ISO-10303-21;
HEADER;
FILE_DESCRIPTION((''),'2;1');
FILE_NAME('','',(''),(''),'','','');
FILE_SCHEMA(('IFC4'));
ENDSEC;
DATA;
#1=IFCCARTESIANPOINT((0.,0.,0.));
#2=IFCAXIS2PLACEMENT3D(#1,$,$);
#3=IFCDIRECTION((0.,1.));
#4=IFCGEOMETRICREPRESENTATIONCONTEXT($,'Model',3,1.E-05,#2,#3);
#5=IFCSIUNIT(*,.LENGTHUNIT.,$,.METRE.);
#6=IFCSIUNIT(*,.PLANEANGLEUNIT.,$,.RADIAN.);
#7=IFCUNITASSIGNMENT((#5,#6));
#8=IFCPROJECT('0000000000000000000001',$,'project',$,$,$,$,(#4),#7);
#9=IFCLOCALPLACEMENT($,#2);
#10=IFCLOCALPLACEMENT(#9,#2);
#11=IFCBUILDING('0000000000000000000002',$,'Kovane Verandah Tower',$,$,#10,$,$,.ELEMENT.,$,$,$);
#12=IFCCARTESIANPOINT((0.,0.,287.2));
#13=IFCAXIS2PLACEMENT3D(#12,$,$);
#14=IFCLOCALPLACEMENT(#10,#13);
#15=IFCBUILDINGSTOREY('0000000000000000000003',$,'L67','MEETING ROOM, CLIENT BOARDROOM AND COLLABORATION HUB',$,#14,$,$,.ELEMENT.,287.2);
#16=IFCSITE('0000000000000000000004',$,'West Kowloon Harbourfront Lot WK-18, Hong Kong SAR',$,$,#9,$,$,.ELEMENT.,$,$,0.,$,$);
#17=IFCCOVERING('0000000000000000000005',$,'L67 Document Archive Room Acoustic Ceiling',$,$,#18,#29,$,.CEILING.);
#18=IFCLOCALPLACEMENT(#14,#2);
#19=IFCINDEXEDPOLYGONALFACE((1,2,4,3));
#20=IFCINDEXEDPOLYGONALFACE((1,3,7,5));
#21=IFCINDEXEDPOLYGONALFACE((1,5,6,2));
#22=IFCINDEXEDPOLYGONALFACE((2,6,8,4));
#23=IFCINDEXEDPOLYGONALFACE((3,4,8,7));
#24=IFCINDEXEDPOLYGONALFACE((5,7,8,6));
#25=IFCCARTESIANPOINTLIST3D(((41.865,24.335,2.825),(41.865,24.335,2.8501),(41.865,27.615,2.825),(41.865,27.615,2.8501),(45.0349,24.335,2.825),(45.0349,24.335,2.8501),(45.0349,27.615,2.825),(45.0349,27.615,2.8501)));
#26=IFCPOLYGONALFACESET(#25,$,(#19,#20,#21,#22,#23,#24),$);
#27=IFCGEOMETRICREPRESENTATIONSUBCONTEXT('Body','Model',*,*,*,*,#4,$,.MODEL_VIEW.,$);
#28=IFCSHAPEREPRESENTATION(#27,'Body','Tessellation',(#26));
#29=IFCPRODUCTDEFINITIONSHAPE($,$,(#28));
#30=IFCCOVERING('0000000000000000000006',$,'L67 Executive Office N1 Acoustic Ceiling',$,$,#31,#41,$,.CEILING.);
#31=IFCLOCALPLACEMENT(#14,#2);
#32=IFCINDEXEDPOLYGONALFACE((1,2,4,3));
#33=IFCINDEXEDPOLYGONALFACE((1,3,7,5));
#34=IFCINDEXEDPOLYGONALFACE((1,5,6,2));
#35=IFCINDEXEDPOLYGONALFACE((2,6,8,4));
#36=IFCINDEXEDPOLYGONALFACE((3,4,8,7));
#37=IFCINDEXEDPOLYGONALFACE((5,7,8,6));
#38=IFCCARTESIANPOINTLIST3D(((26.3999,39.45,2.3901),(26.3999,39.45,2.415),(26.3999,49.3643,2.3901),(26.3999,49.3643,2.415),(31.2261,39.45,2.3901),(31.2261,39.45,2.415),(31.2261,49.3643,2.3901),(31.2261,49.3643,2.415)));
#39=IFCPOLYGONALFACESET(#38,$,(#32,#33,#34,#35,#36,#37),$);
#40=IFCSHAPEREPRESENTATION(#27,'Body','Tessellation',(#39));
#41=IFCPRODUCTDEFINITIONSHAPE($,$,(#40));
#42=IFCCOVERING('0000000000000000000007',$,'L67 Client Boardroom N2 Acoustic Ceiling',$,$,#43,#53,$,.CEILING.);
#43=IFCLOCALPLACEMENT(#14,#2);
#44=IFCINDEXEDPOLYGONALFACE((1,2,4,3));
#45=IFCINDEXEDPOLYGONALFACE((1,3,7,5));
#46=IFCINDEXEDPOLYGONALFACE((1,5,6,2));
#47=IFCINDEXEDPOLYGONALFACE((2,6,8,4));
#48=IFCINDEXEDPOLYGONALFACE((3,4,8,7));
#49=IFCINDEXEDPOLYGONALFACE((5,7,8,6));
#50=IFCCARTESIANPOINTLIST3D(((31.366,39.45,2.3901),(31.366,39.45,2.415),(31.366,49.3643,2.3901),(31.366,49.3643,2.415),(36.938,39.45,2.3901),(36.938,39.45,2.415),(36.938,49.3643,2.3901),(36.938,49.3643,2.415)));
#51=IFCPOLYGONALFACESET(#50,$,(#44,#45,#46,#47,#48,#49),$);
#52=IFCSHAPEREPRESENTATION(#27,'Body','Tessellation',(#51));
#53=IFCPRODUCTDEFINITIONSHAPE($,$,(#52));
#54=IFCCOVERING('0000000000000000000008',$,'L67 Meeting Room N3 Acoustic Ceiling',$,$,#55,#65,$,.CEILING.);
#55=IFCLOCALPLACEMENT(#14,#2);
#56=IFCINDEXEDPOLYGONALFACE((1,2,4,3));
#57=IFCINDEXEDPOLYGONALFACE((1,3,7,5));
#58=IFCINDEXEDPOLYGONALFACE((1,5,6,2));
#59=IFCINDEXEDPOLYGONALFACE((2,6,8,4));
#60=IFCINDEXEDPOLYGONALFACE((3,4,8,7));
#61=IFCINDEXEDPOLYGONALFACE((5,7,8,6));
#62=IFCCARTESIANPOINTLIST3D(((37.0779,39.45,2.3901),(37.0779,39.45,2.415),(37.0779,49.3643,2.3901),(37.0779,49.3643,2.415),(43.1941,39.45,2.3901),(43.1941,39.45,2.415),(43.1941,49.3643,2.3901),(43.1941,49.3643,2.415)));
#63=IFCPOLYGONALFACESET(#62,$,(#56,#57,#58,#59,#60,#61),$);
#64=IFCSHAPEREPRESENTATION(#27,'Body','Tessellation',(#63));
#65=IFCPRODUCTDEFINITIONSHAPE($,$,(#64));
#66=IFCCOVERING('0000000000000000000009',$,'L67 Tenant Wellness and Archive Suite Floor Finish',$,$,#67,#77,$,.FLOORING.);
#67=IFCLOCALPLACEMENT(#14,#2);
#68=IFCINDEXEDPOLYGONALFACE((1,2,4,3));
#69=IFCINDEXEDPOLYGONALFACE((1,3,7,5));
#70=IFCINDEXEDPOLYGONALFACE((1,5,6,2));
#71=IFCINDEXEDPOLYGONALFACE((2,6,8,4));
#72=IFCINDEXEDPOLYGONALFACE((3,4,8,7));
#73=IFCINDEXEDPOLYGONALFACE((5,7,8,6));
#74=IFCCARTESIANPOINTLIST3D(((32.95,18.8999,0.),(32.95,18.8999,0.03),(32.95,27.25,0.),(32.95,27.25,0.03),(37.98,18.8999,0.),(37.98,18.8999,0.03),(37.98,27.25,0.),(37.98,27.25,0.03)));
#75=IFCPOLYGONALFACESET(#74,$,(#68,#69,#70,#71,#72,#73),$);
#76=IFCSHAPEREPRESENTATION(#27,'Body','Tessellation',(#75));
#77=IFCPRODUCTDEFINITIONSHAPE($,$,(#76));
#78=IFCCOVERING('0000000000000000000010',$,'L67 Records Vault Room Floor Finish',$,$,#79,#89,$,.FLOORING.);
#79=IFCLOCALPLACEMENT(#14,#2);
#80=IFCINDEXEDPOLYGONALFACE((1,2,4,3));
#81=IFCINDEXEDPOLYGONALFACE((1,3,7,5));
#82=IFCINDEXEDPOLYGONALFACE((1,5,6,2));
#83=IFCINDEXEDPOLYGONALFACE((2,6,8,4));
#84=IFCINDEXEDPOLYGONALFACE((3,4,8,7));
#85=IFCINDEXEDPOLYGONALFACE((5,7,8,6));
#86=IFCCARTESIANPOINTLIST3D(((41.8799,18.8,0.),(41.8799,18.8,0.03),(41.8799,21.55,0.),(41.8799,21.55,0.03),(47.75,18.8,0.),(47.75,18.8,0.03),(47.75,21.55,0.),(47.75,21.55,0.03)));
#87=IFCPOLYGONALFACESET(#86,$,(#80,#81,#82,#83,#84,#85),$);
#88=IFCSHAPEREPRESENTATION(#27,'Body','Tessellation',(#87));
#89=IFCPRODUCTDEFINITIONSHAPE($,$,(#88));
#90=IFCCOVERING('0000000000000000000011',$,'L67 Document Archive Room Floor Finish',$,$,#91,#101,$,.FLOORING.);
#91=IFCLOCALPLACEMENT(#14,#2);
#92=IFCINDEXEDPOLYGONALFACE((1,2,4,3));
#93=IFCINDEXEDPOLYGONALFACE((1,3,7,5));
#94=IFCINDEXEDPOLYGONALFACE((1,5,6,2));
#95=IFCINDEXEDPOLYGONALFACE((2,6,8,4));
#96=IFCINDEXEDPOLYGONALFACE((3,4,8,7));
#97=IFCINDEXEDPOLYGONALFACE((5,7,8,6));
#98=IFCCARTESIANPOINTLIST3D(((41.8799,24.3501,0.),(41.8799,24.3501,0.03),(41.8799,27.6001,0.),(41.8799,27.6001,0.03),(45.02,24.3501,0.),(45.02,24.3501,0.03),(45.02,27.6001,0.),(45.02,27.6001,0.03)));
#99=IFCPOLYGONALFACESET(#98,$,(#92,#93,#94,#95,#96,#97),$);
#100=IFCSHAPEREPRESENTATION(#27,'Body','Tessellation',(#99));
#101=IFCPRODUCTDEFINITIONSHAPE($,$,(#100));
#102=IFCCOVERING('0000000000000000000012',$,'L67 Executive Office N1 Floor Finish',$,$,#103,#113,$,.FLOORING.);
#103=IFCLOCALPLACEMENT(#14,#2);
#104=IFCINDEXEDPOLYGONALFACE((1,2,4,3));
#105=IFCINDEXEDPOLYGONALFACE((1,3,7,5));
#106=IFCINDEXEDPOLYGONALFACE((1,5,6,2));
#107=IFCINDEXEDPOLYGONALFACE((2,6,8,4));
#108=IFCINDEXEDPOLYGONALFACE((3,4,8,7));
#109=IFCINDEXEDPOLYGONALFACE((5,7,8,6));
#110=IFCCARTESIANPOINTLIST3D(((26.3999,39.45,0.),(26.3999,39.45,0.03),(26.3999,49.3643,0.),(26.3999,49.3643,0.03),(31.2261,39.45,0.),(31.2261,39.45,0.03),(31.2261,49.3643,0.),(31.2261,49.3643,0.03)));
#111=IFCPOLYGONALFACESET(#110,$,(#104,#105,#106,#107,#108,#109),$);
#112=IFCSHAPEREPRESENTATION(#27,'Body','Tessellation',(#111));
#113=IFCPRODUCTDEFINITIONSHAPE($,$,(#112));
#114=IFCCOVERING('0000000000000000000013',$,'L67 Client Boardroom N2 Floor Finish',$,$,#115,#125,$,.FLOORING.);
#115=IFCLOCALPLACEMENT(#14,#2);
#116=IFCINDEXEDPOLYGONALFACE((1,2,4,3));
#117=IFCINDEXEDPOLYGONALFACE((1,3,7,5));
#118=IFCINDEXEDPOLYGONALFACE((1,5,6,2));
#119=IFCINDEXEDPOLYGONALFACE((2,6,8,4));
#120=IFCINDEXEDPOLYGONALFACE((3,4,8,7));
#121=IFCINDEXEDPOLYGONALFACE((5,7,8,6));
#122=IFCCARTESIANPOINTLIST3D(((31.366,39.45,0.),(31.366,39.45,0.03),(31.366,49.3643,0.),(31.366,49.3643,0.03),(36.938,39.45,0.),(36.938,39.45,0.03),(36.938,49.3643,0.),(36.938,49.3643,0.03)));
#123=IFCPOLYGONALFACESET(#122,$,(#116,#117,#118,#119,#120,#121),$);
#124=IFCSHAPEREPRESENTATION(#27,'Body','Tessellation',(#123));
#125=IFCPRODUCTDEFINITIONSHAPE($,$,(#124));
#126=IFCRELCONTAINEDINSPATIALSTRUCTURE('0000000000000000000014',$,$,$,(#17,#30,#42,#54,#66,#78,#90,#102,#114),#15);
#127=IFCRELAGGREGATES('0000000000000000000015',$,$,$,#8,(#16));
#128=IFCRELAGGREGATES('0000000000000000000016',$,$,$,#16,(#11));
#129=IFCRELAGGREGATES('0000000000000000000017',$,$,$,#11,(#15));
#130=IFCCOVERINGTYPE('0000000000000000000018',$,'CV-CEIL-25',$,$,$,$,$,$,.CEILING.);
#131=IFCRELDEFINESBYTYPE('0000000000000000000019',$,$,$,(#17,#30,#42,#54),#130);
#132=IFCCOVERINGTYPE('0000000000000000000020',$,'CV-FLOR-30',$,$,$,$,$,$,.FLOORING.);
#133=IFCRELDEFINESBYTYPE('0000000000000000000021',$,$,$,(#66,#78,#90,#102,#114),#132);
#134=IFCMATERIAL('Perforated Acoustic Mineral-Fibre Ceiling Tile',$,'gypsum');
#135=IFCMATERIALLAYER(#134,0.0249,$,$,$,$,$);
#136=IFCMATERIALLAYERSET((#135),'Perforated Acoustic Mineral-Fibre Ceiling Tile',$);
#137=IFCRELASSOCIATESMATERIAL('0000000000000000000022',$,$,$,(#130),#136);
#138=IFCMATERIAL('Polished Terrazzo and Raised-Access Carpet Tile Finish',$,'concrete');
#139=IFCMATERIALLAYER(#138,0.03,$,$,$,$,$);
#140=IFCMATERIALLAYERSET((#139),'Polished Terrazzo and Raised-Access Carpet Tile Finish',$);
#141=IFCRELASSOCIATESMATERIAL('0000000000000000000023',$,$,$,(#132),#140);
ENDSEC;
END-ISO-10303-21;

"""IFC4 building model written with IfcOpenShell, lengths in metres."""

from ifc_helpers import new_model, si_unit, direction, frame, origin, place, context, subcontext, project, spatial, polyline, outline, extrude, material, layer, layer_set, type_object, element, save


model = new_model("IFC4")

# Units and contexts
model_context = context("Model", 3, precision=1e-05, world=origin(), true_north=direction((0.0, 1.0)))
body_context = subcontext(model_context, "Body", "Model", "MODEL_VIEW")
ifc_project = project(units=[si_unit("LENGTHUNIT", "METRE"), si_unit("PLANEANGLEUNIT", "RADIAN")], contexts=[model_context])

# Site, building, storey
site_placement = place(None, origin())
site = spatial("IfcSite", under=ifc_project, at=site_placement, Name="West Kowloon Harbourfront Lot WK-18, Hong Kong SAR", CompositionType="ELEMENT", RefElevation=0.0)
building_placement = place(site_placement, origin())
building = spatial("IfcBuilding", under=site, at=building_placement, Name="Kovane Verandah Tower", CompositionType="ELEMENT")
storey_placement = place(building_placement, frame((0.0, 0.0, 287.2)))
storey = spatial("IfcBuildingStorey", under=building, at=storey_placement, Name="L67", Description="MEETING ROOM, CLIENT BOARDROOM AND COLLABORATION HUB", CompositionType="ELEMENT", Elevation=287.2)

# Coverings
ifc_material_1 = material(Name="Perforated Acoustic Mineral-Fibre Ceiling Tile", Category="gypsum")
ifc_layer_1 = layer(ifc_material_1, 0.0249)
ifc_layer_set_1 = layer_set([ifc_layer_1], Name="Perforated Acoustic Mineral-Fibre Ceiling Tile")
covering_type_1 = type_object("IfcCoveringType", Name="CV-CEIL-25", PredefinedType="CEILING", material=ifc_layer_set_1)
covering_1_placement = place(storey_placement, frame((0.0, 0.0, 2.825)))
element("IfcCovering", 1, at=covering_1_placement, inside=storey, type_object=covering_type_1, Name="L67 Document Archive Room Acoustic Ceiling", PredefinedType="CEILING", context=body_context, shape_type="SweptSolid", body=[
    extrude(outline(polyline([(41.865, 24.335), (45.0349, 24.335), (45.0349, 27.615), (41.865, 27.615), (41.865, 24.335)])), origin(), (0.0, 0.0, 1.0), 0.0251),
])
covering_2_placement = place(storey_placement, frame((0.0, 0.0, 2.3901)))
element("IfcCovering", 2, at=covering_2_placement, inside=storey, type_object=covering_type_1, Name="L67 Executive Office N1 Acoustic Ceiling", PredefinedType="CEILING", context=body_context, shape_type="SweptSolid", body=[
    extrude(outline(polyline([(26.3999, 39.45), (31.2261, 39.45), (31.2261, 49.3643), (26.3999, 49.3643), (26.3999, 39.45)])), origin(), (0.0, 0.0, 1.0), 0.0249),
])
covering_3_placement = place(storey_placement, frame((0.0, 0.0, 2.3901)))
element("IfcCovering", 3, at=covering_3_placement, inside=storey, type_object=covering_type_1, Name="L67 Client Boardroom N2 Acoustic Ceiling", PredefinedType="CEILING", context=body_context, shape_type="SweptSolid", body=[
    extrude(outline(polyline([(31.366, 39.45), (36.938, 39.45), (36.938, 49.3643), (31.366, 49.3643), (31.366, 39.45)])), origin(), (0.0, 0.0, 1.0), 0.0249),
])
covering_4_placement = place(storey_placement, frame((0.0, 0.0, 2.3901)))
element("IfcCovering", 4, at=covering_4_placement, inside=storey, type_object=covering_type_1, Name="L67 Meeting Room N3 Acoustic Ceiling", PredefinedType="CEILING", context=body_context, shape_type="SweptSolid", body=[
    extrude(outline(polyline([(37.0779, 39.45), (43.1941, 39.45), (43.1941, 49.3643), (37.0779, 49.3643), (37.0779, 39.45)])), origin(), (0.0, 0.0, 1.0), 0.0249),
])
ifc_material_2 = material(Name="Polished Terrazzo and Raised-Access Carpet Tile Finish", Category="concrete")
ifc_layer_2 = layer(ifc_material_2, 0.03)
ifc_layer_set_2 = layer_set([ifc_layer_2], Name="Polished Terrazzo and Raised-Access Carpet Tile Finish")
covering_type_2 = type_object("IfcCoveringType", Name="CV-FLOR-30", PredefinedType="FLOORING", material=ifc_layer_set_2)
covering_5_placement = place(storey_placement, origin())
element("IfcCovering", 5, at=covering_5_placement, inside=storey, type_object=covering_type_2, Name="L67 Tenant Wellness and Archive Suite Floor Finish", PredefinedType="FLOORING", context=body_context, shape_type="SweptSolid", body=[
    extrude(outline(polyline([(32.95, 18.8999), (37.98, 18.8999), (37.98, 27.25), (32.95, 27.25), (32.95, 18.8999)])), origin(), (0.0, 0.0, 1.0), 0.03),
])
covering_6_placement = place(storey_placement, origin())
element("IfcCovering", 6, at=covering_6_placement, inside=storey, type_object=covering_type_2, Name="L67 Records Vault Room Floor Finish", PredefinedType="FLOORING", context=body_context, shape_type="SweptSolid", body=[
    extrude(outline(polyline([(41.8799, 18.8), (47.75, 18.8), (47.75, 21.55), (41.8799, 21.55), (41.8799, 18.8)])), origin(), (0.0, 0.0, 1.0), 0.03),
])
covering_7_placement = place(storey_placement, origin())
element("IfcCovering", 7, at=covering_7_placement, inside=storey, type_object=covering_type_2, Name="L67 Document Archive Room Floor Finish", PredefinedType="FLOORING", context=body_context, shape_type="SweptSolid", body=[
    extrude(outline(polyline([(41.8799, 24.3501), (45.02, 24.3501), (45.02, 27.6001), (41.8799, 27.6001), (41.8799, 24.3501)])), origin(), (0.0, 0.0, 1.0), 0.03),
])
covering_8_placement = place(storey_placement, origin())
element("IfcCovering", 8, at=covering_8_placement, inside=storey, type_object=covering_type_2, Name="L67 Executive Office N1 Floor Finish", PredefinedType="FLOORING", context=body_context, shape_type="SweptSolid", body=[
    extrude(outline(polyline([(26.3999, 39.45), (31.2261, 39.45), (31.2261, 49.3643), (26.3999, 49.3643), (26.3999, 39.45)])), origin(), (0.0, 0.0, 1.0), 0.03),
])
covering_9_placement = place(storey_placement, origin())
element("IfcCovering", 9, at=covering_9_placement, inside=storey, type_object=covering_type_2, Name="L67 Client Boardroom N2 Floor Finish", PredefinedType="FLOORING", context=body_context, shape_type="SweptSolid", body=[
    extrude(outline(polyline([(31.366, 39.45), (36.938, 39.45), (36.938, 49.3643), (31.366, 49.3643), (31.366, 39.45)])), origin(), (0.0, 0.0, 1.0), 0.03),
])

save(model, "model.ifc")
